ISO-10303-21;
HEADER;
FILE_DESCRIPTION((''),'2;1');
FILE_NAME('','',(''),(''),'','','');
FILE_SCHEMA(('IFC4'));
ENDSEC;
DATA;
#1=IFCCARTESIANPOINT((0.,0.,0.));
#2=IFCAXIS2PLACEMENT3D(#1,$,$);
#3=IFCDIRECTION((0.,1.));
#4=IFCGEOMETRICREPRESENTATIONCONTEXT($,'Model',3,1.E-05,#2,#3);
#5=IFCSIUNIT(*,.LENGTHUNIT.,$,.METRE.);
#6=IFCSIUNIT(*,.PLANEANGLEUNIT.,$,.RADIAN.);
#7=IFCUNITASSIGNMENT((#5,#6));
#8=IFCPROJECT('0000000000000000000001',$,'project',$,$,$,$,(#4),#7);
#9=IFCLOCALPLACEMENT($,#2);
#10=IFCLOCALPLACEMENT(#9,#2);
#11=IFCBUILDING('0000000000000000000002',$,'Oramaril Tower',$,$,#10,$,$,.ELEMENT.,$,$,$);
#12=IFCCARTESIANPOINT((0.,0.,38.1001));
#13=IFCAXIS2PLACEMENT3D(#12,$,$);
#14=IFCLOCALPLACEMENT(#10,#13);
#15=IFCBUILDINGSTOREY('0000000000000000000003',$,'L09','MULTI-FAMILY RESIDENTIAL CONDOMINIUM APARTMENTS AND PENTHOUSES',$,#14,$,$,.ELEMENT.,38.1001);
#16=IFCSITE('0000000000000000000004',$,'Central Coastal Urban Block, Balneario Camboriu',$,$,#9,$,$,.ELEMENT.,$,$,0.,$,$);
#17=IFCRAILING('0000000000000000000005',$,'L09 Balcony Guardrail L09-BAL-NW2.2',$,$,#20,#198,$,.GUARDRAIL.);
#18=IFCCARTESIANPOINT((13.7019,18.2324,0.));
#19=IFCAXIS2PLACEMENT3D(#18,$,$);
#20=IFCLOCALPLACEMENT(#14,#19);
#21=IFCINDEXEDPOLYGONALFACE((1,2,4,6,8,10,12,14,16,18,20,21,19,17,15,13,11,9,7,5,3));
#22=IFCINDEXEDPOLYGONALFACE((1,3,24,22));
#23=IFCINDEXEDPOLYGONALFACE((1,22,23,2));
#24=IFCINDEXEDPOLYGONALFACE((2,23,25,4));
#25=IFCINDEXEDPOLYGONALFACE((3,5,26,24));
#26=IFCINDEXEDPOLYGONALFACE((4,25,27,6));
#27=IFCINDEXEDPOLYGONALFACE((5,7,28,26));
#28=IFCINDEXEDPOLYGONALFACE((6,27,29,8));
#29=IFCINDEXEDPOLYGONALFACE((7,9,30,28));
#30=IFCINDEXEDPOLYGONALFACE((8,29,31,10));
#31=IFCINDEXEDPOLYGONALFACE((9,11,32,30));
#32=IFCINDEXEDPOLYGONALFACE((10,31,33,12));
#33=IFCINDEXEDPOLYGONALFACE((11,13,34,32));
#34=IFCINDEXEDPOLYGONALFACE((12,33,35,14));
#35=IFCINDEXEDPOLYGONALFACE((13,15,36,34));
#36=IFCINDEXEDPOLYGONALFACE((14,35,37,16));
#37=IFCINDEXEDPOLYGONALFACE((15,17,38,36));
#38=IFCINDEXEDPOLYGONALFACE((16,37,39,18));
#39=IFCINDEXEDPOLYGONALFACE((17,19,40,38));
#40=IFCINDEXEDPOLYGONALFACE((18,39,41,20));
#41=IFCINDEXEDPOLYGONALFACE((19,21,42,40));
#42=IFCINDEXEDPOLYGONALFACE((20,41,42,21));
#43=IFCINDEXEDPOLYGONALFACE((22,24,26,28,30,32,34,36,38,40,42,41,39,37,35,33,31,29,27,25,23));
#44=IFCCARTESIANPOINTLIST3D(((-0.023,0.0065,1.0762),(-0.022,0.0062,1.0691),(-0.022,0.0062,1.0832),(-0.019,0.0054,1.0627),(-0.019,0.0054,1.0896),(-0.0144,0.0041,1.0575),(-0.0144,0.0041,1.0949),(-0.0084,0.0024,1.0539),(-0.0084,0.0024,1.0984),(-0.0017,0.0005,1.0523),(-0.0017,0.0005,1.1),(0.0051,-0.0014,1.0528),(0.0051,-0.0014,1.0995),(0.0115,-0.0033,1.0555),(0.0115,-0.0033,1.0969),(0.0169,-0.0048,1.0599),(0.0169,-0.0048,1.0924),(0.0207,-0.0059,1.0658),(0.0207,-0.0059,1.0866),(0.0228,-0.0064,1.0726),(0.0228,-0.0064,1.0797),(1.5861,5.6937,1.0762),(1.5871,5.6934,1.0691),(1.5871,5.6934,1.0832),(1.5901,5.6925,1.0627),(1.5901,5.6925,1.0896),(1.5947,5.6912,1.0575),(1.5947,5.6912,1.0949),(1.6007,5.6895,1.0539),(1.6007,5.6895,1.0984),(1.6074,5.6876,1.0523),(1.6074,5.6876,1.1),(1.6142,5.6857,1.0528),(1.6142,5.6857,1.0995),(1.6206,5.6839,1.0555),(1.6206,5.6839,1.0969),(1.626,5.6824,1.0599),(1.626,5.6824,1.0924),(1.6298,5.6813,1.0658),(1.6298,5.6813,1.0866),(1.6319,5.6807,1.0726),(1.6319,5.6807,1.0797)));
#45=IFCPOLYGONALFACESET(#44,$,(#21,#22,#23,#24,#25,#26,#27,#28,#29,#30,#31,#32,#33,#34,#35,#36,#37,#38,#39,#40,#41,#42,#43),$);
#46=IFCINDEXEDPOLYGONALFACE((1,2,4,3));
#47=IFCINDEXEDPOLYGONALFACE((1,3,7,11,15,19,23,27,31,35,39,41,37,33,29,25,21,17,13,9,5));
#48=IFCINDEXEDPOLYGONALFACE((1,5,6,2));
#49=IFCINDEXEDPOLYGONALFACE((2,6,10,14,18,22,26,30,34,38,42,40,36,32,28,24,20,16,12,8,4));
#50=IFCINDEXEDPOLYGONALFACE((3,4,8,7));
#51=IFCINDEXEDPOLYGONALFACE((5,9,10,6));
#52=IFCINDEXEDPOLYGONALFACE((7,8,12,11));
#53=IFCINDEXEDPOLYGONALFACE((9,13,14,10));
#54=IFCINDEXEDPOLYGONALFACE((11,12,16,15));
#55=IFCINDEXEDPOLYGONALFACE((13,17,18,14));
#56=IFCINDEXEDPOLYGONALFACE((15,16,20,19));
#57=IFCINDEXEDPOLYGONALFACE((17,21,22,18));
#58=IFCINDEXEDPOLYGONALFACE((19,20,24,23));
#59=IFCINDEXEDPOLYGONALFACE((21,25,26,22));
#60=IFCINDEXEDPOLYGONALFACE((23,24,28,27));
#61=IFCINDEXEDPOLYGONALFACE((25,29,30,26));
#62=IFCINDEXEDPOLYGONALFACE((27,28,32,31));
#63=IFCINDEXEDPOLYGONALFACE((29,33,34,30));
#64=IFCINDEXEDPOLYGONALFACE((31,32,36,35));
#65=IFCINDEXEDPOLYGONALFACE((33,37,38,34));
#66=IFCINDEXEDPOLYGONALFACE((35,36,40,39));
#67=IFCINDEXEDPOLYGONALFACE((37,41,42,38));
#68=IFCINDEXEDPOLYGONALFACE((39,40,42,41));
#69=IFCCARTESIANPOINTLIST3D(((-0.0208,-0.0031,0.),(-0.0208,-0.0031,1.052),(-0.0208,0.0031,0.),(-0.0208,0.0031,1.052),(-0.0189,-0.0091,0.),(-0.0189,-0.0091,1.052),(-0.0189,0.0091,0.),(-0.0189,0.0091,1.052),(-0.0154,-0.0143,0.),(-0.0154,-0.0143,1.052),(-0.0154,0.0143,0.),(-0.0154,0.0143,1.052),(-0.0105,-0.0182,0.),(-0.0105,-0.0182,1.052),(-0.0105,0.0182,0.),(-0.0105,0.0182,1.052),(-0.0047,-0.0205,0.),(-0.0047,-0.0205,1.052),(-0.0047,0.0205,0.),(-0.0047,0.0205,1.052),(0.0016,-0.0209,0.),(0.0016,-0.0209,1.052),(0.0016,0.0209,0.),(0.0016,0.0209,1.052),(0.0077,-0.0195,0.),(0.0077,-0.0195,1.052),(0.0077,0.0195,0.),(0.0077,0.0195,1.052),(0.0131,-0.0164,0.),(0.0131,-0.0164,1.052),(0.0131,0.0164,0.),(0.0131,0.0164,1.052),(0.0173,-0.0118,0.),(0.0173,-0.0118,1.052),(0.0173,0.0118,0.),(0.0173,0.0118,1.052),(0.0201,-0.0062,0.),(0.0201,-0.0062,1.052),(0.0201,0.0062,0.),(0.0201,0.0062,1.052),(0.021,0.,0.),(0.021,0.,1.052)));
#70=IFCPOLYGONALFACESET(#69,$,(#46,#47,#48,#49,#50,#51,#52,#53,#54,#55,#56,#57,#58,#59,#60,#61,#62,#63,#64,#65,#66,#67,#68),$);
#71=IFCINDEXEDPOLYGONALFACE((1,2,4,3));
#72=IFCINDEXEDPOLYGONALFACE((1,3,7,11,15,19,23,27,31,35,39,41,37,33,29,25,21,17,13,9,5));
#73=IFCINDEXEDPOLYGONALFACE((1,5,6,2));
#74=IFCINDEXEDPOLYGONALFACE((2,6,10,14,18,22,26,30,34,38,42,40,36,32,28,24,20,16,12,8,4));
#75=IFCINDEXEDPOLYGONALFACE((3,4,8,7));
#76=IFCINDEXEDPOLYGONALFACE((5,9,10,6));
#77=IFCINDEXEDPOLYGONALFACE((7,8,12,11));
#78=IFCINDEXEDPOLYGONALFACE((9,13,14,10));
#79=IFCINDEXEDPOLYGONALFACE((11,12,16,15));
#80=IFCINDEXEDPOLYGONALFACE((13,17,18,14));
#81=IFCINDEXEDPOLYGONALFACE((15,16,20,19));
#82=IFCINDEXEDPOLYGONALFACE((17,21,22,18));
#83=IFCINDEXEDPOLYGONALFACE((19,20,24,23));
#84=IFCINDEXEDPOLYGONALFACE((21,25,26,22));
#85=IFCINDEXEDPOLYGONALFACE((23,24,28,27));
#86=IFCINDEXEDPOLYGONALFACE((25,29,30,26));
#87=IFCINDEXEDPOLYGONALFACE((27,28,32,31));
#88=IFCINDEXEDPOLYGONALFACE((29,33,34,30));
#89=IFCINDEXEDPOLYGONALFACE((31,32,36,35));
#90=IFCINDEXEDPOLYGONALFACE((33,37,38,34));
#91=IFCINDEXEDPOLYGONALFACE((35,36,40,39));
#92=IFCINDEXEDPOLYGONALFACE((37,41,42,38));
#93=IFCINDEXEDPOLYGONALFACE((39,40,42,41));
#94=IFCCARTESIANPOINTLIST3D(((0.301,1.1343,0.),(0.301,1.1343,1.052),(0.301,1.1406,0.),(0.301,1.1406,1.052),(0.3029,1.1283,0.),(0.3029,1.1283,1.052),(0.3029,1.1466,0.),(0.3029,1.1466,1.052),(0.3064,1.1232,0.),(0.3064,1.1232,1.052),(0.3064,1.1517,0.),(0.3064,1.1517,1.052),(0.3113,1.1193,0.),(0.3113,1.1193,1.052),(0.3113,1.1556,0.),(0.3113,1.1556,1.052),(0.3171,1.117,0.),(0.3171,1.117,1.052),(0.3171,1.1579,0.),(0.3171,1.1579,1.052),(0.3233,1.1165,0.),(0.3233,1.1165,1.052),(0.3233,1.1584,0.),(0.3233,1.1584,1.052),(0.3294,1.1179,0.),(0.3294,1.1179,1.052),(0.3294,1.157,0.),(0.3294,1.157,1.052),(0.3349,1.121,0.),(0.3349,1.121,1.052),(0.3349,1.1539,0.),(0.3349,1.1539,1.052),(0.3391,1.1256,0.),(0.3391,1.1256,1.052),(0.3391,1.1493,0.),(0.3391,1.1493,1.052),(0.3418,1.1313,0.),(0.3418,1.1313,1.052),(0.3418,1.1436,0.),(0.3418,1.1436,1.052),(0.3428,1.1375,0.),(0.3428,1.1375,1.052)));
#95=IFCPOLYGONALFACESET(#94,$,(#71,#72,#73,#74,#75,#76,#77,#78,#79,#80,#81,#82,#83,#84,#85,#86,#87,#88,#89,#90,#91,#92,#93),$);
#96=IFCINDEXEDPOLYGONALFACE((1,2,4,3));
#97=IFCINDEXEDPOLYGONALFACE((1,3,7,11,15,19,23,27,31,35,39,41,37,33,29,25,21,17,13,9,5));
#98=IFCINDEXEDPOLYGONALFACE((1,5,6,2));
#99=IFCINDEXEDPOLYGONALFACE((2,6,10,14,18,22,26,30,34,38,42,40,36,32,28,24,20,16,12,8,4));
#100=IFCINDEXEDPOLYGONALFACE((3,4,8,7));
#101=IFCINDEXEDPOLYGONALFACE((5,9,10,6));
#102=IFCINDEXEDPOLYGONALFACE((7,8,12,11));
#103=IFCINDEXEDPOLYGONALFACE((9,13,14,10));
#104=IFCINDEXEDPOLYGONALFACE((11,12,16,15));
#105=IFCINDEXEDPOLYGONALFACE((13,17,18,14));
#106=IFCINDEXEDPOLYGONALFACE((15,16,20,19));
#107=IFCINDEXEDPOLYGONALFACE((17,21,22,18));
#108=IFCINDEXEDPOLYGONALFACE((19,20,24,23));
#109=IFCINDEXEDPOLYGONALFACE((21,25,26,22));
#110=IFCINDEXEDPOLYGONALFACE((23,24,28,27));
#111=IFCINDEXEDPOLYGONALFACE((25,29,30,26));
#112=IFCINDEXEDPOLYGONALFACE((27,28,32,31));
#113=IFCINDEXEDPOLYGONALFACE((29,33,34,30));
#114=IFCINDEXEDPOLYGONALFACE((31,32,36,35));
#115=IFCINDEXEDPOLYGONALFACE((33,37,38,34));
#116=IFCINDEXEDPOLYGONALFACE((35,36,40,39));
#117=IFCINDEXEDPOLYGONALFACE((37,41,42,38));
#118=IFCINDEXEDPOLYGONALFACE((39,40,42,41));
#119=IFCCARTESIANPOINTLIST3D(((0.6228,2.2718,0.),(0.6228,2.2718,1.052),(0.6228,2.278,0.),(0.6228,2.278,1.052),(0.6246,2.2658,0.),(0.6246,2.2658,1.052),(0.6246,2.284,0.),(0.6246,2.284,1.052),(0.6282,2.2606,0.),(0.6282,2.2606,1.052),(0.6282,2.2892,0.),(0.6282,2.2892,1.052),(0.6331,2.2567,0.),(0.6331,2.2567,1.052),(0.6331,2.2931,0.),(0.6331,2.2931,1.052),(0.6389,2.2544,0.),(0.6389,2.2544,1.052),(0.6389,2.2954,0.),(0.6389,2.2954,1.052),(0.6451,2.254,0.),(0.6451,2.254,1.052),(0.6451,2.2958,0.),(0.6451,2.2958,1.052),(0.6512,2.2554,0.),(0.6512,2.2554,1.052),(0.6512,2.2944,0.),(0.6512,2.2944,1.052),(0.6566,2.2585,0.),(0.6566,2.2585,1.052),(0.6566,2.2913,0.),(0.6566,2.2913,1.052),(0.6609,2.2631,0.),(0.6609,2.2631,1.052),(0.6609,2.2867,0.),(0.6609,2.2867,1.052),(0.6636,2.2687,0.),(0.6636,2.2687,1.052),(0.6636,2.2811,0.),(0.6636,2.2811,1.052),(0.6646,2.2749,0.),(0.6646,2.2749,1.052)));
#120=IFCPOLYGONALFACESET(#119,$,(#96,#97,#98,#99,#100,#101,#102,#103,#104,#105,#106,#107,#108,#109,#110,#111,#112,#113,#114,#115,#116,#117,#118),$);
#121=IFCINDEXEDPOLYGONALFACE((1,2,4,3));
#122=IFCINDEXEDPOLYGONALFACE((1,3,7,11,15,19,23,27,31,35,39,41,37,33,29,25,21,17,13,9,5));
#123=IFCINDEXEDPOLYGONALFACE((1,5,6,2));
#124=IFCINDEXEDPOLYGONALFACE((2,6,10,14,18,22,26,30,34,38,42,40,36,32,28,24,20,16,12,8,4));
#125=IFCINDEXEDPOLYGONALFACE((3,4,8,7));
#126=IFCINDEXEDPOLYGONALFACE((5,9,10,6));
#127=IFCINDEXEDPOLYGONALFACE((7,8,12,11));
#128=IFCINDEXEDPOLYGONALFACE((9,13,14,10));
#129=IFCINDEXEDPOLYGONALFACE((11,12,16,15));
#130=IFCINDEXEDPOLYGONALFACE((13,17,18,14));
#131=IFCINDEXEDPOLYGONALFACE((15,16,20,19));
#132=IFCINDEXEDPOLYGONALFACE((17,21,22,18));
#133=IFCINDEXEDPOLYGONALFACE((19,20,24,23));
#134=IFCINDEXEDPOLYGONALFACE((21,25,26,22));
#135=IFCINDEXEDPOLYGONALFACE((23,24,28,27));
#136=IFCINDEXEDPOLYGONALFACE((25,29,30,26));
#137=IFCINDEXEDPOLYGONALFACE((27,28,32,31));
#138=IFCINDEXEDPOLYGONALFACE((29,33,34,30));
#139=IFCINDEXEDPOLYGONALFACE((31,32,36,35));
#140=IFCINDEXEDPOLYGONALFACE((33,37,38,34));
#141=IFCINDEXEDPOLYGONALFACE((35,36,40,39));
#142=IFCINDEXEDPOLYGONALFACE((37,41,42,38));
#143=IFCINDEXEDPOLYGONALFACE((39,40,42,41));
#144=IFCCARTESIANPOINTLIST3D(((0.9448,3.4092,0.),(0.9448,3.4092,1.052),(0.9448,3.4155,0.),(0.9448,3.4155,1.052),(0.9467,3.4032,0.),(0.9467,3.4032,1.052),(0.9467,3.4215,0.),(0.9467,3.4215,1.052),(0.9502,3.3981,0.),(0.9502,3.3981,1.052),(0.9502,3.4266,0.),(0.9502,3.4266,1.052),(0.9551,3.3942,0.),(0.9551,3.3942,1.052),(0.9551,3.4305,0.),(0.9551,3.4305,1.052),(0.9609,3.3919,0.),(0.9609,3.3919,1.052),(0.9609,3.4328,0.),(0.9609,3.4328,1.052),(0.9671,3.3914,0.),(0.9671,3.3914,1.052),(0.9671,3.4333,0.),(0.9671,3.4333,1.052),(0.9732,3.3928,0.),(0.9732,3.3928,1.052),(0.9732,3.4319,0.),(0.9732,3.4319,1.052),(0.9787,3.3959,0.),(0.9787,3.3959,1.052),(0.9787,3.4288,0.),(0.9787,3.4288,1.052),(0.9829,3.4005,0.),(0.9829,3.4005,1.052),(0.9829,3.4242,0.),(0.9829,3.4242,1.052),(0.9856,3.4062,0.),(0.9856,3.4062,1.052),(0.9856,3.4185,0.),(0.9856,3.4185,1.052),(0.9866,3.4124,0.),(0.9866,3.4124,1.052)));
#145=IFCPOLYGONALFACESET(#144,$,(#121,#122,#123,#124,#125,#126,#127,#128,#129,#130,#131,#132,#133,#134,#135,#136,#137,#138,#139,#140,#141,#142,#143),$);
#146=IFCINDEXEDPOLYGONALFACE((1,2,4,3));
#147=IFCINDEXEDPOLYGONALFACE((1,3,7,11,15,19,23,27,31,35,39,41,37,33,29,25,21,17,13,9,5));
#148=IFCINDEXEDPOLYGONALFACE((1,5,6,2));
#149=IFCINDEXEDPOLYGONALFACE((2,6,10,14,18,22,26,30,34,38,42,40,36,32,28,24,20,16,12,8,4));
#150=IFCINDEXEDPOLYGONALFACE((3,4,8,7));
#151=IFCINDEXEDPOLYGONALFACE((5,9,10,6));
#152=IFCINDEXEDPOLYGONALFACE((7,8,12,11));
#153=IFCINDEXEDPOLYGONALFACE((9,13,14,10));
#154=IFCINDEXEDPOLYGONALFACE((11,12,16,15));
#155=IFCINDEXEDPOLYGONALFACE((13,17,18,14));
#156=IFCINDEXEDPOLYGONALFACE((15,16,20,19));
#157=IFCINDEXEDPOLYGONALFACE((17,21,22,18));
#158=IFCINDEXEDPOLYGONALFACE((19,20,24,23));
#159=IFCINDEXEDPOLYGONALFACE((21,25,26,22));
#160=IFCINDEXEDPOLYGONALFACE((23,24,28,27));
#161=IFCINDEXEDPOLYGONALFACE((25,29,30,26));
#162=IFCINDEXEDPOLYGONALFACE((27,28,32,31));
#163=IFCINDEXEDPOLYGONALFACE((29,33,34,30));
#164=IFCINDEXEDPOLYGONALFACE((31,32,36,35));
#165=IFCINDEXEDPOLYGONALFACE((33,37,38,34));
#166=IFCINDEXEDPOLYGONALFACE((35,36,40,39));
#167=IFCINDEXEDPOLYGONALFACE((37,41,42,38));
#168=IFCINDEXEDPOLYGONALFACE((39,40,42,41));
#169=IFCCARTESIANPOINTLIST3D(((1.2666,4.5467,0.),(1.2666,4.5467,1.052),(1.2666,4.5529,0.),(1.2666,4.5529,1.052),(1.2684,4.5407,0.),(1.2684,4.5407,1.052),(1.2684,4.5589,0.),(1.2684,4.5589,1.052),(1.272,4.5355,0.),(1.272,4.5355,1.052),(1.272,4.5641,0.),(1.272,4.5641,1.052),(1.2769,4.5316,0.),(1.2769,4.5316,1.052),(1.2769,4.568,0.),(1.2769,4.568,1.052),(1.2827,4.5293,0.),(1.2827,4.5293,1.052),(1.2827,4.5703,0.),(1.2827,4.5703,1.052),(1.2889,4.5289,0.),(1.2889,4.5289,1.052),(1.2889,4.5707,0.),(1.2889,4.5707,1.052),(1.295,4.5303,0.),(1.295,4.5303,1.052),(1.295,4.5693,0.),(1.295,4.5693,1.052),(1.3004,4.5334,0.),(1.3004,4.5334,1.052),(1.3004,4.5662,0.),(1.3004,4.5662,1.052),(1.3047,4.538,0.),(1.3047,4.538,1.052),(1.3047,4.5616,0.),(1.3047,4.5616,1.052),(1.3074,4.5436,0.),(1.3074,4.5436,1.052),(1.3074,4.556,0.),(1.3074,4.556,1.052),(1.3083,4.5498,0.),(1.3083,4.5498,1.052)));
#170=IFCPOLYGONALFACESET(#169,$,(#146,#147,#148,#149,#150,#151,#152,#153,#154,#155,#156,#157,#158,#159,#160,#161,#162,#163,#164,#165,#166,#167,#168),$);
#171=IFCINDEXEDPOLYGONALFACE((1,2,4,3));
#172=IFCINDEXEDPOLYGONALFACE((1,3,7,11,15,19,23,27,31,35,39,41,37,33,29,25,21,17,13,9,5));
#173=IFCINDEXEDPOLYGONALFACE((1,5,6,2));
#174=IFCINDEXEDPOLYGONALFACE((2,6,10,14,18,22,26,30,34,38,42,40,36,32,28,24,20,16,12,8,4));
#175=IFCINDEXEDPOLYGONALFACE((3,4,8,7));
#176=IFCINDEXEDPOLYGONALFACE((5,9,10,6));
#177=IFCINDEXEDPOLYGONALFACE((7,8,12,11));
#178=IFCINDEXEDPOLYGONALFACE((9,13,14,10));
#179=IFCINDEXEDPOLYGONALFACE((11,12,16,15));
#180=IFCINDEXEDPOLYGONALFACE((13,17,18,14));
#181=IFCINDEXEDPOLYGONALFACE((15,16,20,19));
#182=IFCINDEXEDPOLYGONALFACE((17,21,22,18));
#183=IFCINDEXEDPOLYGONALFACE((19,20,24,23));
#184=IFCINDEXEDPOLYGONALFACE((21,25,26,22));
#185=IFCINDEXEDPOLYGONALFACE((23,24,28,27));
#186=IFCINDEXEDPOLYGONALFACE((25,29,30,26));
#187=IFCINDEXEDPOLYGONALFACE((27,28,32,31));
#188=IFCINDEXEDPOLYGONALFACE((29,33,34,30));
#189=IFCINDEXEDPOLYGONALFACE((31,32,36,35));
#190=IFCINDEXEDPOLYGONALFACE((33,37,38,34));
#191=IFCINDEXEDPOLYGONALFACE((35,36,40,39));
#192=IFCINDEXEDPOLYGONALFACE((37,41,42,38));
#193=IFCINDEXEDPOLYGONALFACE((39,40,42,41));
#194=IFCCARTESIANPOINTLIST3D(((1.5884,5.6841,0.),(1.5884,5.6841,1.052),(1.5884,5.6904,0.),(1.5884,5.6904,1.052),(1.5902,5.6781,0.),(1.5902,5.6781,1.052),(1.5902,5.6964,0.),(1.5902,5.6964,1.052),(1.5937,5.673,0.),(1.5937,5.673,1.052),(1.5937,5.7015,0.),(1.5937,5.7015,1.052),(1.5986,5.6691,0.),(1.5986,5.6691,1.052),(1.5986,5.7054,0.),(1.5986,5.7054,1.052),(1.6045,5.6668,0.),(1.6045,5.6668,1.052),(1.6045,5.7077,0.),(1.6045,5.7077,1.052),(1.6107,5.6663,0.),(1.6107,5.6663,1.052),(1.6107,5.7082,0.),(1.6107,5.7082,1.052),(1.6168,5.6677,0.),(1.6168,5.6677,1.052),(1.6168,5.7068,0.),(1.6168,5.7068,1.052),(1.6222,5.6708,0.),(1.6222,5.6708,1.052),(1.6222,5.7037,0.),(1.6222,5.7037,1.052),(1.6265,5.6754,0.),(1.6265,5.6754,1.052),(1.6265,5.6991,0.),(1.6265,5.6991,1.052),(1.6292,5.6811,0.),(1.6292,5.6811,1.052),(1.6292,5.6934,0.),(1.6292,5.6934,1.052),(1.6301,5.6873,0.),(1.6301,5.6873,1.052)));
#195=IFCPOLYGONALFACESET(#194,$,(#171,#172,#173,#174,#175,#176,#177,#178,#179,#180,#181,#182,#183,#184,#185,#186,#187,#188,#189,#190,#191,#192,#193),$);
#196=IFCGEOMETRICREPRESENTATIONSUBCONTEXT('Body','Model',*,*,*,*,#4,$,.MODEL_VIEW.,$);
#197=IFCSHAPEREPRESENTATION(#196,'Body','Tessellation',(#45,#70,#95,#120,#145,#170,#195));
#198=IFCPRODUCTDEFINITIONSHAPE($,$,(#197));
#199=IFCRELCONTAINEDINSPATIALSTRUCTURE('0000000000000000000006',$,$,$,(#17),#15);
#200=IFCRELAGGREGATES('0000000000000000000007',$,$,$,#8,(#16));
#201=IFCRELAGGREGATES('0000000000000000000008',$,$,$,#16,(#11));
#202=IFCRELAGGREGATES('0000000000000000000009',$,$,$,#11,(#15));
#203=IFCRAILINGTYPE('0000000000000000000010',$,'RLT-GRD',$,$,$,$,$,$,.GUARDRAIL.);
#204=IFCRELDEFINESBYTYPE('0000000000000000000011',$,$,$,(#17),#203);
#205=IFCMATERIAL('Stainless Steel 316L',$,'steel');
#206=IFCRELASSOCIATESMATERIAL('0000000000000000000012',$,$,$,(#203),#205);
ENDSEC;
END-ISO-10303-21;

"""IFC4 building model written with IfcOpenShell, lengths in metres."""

from ifc_helpers import new_model, si_unit, direction, frame, origin, origin_2d, place, context, subcontext, project, spatial, circle, extrude, material, type_object, element, save


model = new_model("IFC4")

# Units and contexts
model_context = context("Model", 3, precision=1e-05, world=origin(), true_north=direction((0.0, 1.0)))
body_context = subcontext(model_context, "Body", "Model", "MODEL_VIEW")
ifc_project = project(units=[si_unit("LENGTHUNIT", "METRE"), si_unit("PLANEANGLEUNIT", "RADIAN")], contexts=[model_context])

# Site, building, storey
site_placement = place(None, origin())
site = spatial("IfcSite", under=ifc_project, at=site_placement, Name="Central Coastal Urban Block, Balneario Camboriu", CompositionType="ELEMENT", RefElevation=0.0)
building_placement = place(site_placement, origin())
building = spatial("IfcBuilding", under=site, at=building_placement, Name="Oramaril Tower", CompositionType="ELEMENT")
storey_placement = place(building_placement, frame((0.0, 0.0, 38.1001)))
storey = spatial("IfcBuildingStorey", under=building, at=storey_placement, Name="L09", Description="MULTI-FAMILY RESIDENTIAL CONDOMINIUM APARTMENTS AND PENTHOUSES", CompositionType="ELEMENT", Elevation=38.1001)

# Railing
ifc_material_1 = material(Name="Stainless Steel 316L", Category="steel")
railing_type = type_object("IfcRailingType", Name="RLT-GRD", PredefinedType="GUARDRAIL", material=ifc_material_1)
railing_1_placement = place(storey_placement, frame((13.7019, 18.2324, 0.0)))
element("IfcRailing", 1, at=railing_1_placement, inside=storey, type_object=railing_type, Name="L09 Balcony Guardrail L09-BAL-NW2.2", PredefinedType="GUARDRAIL", context=body_context, shape_type="SweptSolid", body=[
    extrude(circle(Radius=0.0239, at=origin_2d()), frame((0.0, 0.0, 1.0762), z_axis=(0.272249, 0.962227, 0.0), x_axis=(-0.962227, 0.272249, 0.0)), (0.0, 0.0, 1.0), 5.9104),
    extrude(circle(Radius=0.021, at=origin_2d()), origin(), (0.0, 0.0, 1.0), 1.052),
    extrude(circle(Radius=0.021, at=origin_2d()), frame((0.3218, 1.1375, 0.0)), (0.0, 0.0, 1.0), 1.052),
    extrude(circle(Radius=0.021, at=origin_2d()), frame((0.6436, 2.2749, 0.0)), (0.0, 0.0, 1.0), 1.052),
    extrude(circle(Radius=0.021, at=origin_2d()), frame((0.9656, 3.4124, 0.0)), (0.0, 0.0, 1.0), 1.052),
    extrude(circle(Radius=0.021, at=origin_2d()), frame((1.2874, 4.5498, 0.0)), (0.0, 0.0, 1.0), 1.052),
    extrude(circle(Radius=0.021, at=origin_2d()), frame((1.6091, 5.6873, 0.0)), (0.0, 0.0, 1.0), 1.052),
])

save(model, "model.ifc")
